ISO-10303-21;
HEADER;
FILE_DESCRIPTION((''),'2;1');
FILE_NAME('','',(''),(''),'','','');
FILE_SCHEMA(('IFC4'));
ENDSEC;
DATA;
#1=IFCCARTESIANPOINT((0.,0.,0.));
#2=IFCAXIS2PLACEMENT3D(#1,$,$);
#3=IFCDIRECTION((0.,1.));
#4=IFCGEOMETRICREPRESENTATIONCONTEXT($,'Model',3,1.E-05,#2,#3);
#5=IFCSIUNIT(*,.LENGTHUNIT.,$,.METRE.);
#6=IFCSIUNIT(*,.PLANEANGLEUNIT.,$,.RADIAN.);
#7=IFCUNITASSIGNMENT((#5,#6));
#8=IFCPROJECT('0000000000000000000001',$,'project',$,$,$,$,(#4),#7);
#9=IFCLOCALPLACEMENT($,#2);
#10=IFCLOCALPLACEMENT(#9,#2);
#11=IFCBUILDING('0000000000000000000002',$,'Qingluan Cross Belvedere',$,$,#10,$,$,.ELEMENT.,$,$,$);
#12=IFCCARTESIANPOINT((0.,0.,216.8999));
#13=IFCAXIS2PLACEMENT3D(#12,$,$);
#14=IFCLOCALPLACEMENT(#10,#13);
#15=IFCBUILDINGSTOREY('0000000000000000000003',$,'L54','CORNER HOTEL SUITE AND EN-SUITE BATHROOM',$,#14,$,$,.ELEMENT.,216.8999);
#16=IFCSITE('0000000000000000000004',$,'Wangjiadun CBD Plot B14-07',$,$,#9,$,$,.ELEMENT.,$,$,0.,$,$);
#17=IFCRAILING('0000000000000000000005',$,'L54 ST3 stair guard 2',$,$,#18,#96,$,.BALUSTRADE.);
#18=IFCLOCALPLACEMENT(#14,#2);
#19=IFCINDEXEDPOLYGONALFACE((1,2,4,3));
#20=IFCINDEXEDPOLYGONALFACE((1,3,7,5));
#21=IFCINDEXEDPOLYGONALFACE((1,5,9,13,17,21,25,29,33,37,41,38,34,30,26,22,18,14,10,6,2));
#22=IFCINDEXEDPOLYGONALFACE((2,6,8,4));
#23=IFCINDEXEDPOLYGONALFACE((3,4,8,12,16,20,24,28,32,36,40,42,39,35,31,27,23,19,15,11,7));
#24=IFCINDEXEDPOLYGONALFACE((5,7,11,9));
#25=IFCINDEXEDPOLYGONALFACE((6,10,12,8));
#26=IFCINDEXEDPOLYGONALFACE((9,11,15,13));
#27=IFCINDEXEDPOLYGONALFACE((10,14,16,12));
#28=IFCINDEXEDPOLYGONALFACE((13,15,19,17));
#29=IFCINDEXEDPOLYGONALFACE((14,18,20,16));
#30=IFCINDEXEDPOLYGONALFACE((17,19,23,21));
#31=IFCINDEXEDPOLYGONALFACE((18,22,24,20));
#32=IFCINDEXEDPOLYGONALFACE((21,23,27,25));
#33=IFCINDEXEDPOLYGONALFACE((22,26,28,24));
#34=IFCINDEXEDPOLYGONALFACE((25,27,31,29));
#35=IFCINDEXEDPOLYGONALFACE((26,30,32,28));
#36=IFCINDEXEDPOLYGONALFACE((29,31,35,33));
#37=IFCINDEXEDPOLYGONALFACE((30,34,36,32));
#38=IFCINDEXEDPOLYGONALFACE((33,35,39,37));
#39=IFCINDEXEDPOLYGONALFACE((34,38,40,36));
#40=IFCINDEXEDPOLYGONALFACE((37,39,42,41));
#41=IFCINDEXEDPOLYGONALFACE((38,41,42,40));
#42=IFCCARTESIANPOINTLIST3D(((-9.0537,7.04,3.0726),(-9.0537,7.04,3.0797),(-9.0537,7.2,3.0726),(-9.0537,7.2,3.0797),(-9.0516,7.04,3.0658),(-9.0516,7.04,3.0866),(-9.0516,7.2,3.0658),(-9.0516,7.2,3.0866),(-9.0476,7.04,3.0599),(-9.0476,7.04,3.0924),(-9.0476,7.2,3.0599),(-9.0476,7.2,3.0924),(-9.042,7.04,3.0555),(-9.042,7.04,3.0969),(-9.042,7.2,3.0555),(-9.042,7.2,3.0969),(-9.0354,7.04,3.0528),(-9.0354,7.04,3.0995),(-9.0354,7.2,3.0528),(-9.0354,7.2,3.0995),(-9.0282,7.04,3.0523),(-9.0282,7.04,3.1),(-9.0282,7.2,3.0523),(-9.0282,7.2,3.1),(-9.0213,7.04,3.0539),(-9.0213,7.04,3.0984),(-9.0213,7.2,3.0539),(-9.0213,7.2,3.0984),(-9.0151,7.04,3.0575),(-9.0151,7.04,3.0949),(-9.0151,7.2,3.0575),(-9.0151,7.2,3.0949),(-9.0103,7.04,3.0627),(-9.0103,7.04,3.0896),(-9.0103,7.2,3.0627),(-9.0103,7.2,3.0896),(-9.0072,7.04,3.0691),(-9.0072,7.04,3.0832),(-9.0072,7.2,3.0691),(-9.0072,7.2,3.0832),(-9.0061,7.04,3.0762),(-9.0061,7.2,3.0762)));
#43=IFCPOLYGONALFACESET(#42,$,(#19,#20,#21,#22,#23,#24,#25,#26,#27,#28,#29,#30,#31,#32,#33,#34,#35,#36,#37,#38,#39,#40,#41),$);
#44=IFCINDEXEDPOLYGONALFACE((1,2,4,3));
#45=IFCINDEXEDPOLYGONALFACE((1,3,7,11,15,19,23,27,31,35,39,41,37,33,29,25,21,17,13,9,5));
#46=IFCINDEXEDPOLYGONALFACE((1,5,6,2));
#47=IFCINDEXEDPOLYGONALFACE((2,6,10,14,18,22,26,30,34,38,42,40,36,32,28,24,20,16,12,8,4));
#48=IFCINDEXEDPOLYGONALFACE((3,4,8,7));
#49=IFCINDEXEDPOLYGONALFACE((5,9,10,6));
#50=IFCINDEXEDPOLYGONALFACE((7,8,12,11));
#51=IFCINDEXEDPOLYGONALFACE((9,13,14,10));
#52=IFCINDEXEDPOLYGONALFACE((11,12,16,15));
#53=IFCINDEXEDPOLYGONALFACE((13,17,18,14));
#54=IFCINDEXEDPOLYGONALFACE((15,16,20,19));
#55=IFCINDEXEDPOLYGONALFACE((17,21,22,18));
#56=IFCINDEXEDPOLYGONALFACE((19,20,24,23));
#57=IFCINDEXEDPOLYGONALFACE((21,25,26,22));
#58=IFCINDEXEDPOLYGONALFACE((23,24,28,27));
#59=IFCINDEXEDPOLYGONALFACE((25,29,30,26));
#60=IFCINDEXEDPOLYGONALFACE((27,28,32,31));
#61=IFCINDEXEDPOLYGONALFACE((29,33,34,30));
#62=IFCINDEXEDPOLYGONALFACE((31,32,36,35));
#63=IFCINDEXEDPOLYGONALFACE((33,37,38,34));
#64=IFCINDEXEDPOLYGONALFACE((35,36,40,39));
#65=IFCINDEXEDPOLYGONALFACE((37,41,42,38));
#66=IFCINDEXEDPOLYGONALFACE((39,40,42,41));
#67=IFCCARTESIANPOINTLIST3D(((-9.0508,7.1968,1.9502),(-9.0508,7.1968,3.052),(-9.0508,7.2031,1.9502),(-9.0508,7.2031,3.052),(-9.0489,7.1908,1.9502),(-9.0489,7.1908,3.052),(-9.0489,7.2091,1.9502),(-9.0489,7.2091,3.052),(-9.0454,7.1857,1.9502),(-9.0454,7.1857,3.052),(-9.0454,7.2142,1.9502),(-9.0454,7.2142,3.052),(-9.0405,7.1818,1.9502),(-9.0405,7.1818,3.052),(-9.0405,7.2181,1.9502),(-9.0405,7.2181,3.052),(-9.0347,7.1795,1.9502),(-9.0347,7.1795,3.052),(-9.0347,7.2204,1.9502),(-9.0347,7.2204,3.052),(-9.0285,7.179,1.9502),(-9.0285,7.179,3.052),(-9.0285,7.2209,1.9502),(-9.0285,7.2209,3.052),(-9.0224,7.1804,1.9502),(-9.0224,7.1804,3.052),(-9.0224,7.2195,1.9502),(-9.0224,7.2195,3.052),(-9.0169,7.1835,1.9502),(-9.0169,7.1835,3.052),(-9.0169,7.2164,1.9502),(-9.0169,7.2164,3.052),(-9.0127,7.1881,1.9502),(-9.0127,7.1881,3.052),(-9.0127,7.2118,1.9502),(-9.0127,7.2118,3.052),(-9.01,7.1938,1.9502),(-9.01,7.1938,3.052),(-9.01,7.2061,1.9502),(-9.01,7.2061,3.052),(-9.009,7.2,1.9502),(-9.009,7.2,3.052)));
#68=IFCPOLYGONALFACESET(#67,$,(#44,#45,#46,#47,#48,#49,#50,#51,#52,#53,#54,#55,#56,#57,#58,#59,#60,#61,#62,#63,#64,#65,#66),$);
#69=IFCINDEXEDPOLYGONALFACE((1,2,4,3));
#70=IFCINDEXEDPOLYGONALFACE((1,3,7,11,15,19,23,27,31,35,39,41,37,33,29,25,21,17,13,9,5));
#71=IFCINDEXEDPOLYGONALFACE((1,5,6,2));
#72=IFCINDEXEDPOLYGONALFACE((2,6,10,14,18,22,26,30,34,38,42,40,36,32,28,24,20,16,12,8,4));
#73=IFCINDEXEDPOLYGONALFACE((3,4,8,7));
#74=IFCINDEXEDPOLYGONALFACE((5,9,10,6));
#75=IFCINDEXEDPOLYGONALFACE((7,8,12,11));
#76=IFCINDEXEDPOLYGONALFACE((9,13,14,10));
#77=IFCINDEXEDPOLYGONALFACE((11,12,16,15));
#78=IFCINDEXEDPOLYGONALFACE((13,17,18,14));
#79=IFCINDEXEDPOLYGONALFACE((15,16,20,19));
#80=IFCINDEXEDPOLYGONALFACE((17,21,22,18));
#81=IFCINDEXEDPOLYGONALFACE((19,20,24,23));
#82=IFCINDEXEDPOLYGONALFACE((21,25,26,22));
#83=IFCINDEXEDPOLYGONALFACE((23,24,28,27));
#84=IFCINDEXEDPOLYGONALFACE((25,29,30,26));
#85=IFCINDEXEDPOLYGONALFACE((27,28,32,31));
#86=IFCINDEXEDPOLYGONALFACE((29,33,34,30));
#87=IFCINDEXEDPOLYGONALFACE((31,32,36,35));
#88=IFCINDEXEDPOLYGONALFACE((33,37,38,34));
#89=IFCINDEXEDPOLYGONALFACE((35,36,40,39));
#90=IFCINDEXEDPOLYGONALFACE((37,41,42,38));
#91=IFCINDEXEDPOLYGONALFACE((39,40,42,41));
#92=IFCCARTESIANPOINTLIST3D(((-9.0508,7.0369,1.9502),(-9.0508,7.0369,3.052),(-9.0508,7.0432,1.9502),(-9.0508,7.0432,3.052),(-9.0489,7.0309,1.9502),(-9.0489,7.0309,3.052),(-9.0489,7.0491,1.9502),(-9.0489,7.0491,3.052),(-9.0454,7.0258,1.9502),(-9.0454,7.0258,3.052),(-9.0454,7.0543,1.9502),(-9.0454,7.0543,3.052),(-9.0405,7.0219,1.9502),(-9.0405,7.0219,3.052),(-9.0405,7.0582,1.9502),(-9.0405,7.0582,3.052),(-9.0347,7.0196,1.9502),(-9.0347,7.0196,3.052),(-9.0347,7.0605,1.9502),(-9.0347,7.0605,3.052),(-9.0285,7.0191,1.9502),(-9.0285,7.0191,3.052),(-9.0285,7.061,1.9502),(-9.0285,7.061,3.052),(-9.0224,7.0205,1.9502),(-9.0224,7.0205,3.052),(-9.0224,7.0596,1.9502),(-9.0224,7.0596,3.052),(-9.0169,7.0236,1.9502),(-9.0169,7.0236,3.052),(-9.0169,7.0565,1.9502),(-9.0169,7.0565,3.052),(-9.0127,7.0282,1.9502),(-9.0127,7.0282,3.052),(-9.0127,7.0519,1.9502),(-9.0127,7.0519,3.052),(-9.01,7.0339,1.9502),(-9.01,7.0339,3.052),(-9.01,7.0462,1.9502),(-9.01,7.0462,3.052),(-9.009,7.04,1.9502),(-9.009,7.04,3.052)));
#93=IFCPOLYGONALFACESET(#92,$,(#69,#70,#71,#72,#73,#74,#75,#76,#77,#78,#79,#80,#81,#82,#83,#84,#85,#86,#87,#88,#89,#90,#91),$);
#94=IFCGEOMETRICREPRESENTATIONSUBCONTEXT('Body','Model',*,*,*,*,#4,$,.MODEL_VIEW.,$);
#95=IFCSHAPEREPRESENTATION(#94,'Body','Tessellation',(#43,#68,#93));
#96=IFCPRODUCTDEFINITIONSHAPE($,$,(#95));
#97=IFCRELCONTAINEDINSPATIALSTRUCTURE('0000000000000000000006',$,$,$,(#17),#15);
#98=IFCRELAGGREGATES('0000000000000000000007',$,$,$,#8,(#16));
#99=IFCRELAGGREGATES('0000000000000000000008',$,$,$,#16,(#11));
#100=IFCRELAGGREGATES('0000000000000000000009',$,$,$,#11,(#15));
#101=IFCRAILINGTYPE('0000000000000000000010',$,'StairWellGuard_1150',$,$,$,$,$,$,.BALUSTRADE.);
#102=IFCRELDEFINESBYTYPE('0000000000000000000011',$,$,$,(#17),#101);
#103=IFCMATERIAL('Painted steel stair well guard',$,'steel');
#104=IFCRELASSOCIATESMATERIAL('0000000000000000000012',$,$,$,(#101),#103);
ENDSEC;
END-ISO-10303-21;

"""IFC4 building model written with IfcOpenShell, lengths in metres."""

from ifc_helpers import new_model, si_unit, direction, frame, origin, origin_2d, place, context, subcontext, project, spatial, circle, extrude, material, type_object, element, save


model = new_model("IFC4")

# Units and contexts
model_context = context("Model", 3, precision=1e-05, world=origin(), true_north=direction((0.0, 1.0)))
body_context = subcontext(model_context, "Body", "Model", "MODEL_VIEW")
ifc_project = project(units=[si_unit("LENGTHUNIT", "METRE"), si_unit("PLANEANGLEUNIT", "RADIAN")], contexts=[model_context])

# Site, building, storey
site_placement = place(None, origin())
site = spatial("IfcSite", under=ifc_project, at=site_placement, Name="Wangjiadun CBD Plot B14-07", CompositionType="ELEMENT", RefElevation=0.0)
building_placement = place(site_placement, origin())
building = spatial("IfcBuilding", under=site, at=building_placement, Name="Qingluan Cross Belvedere", CompositionType="ELEMENT")
storey_placement = place(building_placement, frame((0.0, 0.0, 216.8999)))
storey = spatial("IfcBuildingStorey", under=building, at=storey_placement, Name="L54", Description="CORNER HOTEL SUITE AND EN-SUITE BATHROOM", CompositionType="ELEMENT", Elevation=216.8999)

# Railing
ifc_material_1 = material(Name="Painted steel stair well guard", Category="steel")
railing_type_1 = type_object("IfcRailingType", Name="StairWellGuard_1150", PredefinedType="BALUSTRADE", material=ifc_material_1)
railing_1_placement = place(storey_placement, frame((-9.03, 7.2, 1.9502)))
element("IfcRailing", 1, at=railing_1_placement, inside=storey, type_object=railing_type_1, Name="L54 ST3 stair guard 2", PredefinedType="BALUSTRADE", context=body_context, shape_type="SweptSolid", body=[
    extrude(circle(Radius=0.0239, at=origin_2d()), frame((0.0, 0.0, 1.126), z_axis=(0.0, -1.0, 0.0), x_axis=(1.0, 0.0, 0.0)), (0.0, 0.0, 1.0), 0.1599),
    extrude(circle(Radius=0.021, at=origin_2d()), origin(), (0.0, 0.0, 1.0), 1.1018),
    extrude(circle(Radius=0.021, at=origin_2d()), frame((0.0, -0.1599, 0.0)), (0.0, 0.0, 1.0), 1.1018),
])

save(model, "model.ifc")
